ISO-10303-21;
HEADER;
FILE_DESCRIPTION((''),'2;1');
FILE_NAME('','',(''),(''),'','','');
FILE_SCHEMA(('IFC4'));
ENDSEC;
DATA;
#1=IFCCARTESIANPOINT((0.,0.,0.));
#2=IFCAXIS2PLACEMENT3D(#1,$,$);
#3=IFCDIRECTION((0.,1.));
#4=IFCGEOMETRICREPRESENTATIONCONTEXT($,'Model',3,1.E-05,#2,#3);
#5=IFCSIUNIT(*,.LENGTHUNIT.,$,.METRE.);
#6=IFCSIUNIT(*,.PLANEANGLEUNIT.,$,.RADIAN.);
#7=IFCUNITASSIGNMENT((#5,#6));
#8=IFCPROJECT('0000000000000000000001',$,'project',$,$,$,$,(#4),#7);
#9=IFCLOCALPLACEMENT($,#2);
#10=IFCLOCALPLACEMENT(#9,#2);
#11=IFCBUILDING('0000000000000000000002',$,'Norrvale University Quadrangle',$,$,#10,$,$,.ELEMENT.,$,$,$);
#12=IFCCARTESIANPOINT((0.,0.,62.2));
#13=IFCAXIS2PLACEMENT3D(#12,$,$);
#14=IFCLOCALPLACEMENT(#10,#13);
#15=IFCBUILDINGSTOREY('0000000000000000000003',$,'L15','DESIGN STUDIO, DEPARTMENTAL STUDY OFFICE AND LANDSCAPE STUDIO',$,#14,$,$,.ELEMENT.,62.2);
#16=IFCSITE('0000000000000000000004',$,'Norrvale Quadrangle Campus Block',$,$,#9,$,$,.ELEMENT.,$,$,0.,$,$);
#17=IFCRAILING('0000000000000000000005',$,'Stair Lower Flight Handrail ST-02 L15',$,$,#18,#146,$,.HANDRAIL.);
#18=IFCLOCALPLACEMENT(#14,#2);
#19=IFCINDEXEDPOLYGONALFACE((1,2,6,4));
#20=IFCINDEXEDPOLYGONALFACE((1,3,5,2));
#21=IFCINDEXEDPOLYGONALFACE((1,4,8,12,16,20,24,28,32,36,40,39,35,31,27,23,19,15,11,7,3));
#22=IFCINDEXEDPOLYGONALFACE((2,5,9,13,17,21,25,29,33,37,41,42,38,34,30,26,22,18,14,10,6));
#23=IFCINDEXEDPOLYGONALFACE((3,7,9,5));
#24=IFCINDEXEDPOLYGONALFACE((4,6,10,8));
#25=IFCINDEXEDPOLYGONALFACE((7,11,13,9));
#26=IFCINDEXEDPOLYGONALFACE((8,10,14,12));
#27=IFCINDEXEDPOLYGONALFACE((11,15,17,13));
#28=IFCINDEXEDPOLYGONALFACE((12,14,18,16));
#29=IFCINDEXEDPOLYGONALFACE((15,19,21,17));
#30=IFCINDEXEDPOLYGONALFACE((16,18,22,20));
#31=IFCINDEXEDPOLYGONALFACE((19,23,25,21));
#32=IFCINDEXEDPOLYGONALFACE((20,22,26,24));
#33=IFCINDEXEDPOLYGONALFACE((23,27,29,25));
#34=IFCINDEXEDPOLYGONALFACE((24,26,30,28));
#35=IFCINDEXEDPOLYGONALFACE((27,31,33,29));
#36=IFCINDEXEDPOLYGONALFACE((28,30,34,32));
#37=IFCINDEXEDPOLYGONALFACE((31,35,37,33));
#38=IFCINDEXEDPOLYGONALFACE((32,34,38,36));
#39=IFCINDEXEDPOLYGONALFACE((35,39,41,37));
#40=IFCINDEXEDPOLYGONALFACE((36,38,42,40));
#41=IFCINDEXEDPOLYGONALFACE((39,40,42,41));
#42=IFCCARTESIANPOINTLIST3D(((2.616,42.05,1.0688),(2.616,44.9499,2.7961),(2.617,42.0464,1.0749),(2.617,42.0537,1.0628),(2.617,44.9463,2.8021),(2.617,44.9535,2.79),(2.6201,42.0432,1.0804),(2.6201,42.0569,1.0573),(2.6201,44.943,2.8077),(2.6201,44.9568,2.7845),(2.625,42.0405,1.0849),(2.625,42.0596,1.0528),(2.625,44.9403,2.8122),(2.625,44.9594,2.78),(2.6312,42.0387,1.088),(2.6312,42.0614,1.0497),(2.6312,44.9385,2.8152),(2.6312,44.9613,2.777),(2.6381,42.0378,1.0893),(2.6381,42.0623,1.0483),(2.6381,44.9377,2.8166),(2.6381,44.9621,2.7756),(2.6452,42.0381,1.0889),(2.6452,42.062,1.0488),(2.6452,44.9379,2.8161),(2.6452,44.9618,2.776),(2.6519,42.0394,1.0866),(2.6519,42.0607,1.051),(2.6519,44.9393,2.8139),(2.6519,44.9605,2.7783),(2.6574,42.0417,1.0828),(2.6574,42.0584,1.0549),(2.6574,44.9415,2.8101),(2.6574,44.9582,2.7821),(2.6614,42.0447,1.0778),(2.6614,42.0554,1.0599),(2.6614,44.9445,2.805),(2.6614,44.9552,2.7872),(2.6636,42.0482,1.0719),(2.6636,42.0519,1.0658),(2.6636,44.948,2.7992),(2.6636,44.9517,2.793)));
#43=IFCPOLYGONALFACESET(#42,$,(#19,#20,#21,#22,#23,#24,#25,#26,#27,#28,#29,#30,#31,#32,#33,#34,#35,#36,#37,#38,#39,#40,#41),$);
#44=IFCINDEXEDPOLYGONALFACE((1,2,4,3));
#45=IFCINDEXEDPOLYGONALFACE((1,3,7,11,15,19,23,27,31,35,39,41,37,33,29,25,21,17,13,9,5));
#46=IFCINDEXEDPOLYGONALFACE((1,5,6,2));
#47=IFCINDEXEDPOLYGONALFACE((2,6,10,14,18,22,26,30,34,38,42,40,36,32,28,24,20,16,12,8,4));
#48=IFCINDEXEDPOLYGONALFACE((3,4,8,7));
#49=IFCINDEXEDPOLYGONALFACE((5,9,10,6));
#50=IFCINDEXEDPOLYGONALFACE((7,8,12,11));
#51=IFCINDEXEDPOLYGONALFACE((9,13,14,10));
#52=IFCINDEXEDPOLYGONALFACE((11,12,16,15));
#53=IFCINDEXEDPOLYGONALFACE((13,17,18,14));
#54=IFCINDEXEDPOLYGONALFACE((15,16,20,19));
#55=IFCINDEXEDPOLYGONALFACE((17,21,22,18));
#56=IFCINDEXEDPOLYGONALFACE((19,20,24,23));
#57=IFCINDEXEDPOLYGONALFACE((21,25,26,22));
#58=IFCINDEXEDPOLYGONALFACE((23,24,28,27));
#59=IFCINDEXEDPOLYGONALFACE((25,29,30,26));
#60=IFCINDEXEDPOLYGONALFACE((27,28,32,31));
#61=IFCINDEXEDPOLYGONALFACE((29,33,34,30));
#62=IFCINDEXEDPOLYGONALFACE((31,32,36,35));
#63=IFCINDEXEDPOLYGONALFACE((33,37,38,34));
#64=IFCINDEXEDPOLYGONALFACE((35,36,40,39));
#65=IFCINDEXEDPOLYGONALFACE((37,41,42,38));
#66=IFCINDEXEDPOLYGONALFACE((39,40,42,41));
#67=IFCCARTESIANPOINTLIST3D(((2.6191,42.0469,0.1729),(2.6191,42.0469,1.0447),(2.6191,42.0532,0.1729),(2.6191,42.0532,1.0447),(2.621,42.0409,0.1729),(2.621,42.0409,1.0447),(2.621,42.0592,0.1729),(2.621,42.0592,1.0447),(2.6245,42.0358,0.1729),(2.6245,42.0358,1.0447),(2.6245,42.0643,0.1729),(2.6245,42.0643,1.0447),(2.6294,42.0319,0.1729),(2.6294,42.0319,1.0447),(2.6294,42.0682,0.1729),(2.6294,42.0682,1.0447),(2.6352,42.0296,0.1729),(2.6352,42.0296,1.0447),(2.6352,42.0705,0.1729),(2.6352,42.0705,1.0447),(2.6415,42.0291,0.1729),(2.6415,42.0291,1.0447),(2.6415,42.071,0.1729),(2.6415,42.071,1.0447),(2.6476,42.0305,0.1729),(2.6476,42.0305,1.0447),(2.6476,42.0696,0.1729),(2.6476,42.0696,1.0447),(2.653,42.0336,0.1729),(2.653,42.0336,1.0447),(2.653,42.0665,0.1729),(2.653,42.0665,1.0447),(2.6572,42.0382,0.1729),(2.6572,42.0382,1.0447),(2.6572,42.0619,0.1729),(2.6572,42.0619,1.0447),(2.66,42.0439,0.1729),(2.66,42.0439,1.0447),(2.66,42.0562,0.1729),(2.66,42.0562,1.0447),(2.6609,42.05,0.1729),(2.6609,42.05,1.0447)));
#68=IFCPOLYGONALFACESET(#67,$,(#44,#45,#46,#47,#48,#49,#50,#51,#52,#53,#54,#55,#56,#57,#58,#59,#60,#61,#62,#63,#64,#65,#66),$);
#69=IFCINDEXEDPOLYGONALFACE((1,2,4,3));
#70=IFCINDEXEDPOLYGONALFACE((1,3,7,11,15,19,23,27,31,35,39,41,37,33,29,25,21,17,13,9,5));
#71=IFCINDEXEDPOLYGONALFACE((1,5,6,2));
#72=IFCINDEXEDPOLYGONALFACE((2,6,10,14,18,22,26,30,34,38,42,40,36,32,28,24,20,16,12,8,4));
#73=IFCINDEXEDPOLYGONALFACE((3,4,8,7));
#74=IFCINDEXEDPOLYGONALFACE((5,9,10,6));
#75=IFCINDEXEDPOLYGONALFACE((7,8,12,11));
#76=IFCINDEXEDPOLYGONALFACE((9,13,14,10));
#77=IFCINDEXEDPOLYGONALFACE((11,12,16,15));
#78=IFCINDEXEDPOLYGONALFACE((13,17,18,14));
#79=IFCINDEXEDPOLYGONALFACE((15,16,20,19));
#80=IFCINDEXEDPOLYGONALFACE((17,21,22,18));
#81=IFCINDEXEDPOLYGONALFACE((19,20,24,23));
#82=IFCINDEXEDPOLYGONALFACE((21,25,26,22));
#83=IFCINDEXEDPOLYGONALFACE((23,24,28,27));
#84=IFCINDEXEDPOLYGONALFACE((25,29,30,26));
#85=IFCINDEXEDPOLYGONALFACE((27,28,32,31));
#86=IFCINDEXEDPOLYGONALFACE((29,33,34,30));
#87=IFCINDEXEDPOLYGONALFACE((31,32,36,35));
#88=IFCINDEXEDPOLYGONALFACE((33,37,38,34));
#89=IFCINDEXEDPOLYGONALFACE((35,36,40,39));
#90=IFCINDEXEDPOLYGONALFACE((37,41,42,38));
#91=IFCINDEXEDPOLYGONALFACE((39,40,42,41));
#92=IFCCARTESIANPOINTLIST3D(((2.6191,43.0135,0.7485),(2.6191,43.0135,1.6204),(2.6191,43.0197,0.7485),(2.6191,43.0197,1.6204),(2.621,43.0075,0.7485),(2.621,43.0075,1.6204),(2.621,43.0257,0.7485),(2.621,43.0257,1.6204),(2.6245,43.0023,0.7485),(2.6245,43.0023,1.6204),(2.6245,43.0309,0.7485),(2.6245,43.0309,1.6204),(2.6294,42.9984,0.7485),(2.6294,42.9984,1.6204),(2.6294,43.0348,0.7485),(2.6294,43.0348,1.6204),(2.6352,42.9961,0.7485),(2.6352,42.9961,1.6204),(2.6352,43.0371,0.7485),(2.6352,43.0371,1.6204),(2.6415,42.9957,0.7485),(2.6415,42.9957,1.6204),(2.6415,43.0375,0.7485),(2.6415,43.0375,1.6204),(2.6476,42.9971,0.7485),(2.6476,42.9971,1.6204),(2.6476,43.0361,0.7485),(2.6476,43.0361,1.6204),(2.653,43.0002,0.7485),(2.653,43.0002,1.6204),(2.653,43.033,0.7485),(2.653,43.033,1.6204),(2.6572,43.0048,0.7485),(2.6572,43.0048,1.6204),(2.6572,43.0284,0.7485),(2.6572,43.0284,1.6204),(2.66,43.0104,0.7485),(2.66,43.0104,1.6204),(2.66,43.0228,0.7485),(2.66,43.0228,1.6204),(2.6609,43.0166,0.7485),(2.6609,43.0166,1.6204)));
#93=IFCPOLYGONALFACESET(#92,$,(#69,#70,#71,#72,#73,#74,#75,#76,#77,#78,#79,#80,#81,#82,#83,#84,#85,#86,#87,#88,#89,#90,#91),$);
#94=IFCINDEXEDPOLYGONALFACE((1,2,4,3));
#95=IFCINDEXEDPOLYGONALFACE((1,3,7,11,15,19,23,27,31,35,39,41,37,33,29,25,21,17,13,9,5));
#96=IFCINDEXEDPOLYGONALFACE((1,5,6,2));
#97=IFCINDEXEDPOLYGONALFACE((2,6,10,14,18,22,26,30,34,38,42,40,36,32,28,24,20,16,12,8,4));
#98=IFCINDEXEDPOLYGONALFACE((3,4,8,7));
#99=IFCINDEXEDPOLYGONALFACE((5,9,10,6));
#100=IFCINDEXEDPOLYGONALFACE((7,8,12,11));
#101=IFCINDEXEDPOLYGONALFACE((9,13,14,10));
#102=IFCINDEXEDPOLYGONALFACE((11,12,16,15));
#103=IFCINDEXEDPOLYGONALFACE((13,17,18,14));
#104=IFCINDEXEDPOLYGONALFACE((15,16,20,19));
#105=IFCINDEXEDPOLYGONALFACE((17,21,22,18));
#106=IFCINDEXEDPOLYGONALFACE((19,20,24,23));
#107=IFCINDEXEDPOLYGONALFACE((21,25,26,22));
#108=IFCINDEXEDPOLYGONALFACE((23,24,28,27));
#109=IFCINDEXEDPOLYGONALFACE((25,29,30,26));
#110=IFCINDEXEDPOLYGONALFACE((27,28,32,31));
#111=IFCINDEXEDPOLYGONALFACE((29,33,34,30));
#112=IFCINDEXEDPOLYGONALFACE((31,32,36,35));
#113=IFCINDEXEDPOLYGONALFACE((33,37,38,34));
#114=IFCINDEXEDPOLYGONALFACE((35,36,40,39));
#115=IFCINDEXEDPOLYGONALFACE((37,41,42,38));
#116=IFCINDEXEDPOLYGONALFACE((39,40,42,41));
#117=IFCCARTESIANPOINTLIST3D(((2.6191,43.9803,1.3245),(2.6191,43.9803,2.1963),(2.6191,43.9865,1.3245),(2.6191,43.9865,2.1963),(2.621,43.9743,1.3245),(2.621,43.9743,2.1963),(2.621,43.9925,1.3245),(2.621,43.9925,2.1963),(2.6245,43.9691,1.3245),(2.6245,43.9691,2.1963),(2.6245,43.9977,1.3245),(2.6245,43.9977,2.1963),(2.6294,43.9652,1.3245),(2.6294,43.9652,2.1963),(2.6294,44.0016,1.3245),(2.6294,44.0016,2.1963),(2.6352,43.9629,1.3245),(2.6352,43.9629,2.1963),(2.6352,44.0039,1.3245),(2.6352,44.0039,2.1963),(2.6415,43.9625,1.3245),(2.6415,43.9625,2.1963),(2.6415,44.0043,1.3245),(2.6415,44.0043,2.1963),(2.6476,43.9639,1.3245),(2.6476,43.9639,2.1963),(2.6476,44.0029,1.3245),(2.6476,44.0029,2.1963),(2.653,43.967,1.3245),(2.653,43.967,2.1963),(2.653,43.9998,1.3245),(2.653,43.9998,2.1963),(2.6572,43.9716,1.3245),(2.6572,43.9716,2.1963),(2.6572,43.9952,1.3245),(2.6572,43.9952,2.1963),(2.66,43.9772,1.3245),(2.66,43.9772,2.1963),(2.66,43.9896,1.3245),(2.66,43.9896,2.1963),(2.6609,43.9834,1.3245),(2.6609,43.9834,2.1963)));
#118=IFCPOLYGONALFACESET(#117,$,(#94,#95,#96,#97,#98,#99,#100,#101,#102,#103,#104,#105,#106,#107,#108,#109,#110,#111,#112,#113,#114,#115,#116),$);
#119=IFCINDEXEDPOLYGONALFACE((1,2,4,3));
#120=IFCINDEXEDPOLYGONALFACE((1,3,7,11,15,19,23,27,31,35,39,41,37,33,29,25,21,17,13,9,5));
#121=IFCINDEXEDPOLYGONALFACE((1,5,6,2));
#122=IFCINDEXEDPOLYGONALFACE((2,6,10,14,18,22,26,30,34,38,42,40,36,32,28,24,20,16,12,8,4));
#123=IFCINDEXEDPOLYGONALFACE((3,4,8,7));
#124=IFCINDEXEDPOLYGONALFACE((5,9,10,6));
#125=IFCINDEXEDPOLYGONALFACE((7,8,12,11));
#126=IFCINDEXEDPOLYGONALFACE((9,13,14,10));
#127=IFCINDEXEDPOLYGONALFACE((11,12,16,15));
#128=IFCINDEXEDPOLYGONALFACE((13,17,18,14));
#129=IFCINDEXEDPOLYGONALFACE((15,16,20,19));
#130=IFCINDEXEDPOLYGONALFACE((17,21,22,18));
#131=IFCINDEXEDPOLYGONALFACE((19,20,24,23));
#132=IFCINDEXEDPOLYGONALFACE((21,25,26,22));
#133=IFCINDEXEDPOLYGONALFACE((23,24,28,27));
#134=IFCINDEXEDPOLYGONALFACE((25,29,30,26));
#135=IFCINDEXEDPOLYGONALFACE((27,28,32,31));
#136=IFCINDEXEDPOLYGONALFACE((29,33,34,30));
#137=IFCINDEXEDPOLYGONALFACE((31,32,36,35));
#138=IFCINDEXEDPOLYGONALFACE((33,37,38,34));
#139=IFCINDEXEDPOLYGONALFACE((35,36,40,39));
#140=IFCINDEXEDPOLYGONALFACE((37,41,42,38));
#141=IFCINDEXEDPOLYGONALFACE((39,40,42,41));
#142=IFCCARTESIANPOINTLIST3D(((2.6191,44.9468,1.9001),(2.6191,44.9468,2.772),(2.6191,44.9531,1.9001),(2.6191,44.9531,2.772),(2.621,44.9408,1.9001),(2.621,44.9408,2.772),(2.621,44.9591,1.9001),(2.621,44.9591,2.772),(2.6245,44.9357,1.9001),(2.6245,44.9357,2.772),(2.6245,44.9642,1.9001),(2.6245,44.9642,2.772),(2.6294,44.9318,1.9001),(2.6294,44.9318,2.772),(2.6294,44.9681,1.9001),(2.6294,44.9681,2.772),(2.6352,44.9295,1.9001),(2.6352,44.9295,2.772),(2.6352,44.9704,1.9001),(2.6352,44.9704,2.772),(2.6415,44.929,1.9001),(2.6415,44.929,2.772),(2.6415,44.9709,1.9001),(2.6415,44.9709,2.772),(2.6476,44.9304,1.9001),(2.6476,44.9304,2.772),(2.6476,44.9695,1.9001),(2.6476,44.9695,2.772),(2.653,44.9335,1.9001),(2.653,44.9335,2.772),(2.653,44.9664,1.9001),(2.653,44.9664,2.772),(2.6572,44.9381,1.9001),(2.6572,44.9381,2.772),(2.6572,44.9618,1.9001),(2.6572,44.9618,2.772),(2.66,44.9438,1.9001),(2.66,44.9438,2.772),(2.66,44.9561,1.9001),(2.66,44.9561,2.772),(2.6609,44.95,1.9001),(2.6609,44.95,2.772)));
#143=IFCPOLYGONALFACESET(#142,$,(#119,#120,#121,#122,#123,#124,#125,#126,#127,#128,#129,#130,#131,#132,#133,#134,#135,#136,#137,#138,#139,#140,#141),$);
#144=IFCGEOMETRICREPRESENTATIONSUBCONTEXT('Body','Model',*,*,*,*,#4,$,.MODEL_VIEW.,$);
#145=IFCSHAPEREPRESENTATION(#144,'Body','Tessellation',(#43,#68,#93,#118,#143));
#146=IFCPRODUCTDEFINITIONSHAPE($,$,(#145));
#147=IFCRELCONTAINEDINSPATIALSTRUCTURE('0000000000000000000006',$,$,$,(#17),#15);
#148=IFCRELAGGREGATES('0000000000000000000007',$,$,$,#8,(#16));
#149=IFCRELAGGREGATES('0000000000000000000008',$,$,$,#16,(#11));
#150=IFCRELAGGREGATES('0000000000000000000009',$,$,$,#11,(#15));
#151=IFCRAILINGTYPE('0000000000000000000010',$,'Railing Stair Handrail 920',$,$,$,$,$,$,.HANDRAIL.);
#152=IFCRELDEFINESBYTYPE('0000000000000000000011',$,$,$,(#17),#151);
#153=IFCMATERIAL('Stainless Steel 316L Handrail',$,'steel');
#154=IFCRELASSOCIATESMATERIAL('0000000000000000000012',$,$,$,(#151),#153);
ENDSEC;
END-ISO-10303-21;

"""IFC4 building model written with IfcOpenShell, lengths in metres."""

from ifc_helpers import new_model, si_unit, direction, frame, origin, origin_2d, place, context, subcontext, project, spatial, circle, extrude, material, type_object, element, save


model = new_model("IFC4")

# Units and contexts
model_context = context("Model", 3, precision=1e-05, world=origin(), true_north=direction((0.0, 1.0)))
body_context = subcontext(model_context, "Body", "Model", "MODEL_VIEW")
ifc_project = project(units=[si_unit("LENGTHUNIT", "METRE"), si_unit("PLANEANGLEUNIT", "RADIAN")], contexts=[model_context])

# Site, building, storey
site_placement = place(None, origin())
site = spatial("IfcSite", under=ifc_project, at=site_placement, Name="Norrvale Quadrangle Campus Block", CompositionType="ELEMENT", RefElevation=0.0)
building_placement = place(site_placement, origin())
building = spatial("IfcBuilding", under=site, at=building_placement, Name="Norrvale University Quadrangle", CompositionType="ELEMENT")
storey_placement = place(building_placement, frame((0.0, 0.0, 62.2)))
storey = spatial("IfcBuildingStorey", under=building, at=storey_placement, Name="L15", Description="DESIGN STUDIO, DEPARTMENTAL STUDY OFFICE AND LANDSCAPE STUDIO", CompositionType="ELEMENT", Elevation=62.2)

# Railing
ifc_material_1 = material(Name="Stainless Steel 316L Handrail", Category="steel")
railing_type_1 = type_object("IfcRailingType", Name="Railing Stair Handrail 920", PredefinedType="HANDRAIL", material=ifc_material_1)
railing_1_placement = place(storey_placement, frame((2.6399, 42.05, 0.1729)))
element("IfcRailing", 1, at=railing_1_placement, inside=storey, type_object=railing_type_1, Name="Stair Lower Flight Handrail ST-02 L15", PredefinedType="HANDRAIL", context=body_context, shape_type="SweptSolid", body=[
    extrude(circle(Radius=0.0239, at=origin_2d()), frame((0.0, 0.0, 0.896), z_axis=(0.0, 0.859141, 0.511738), x_axis=(-1.0, 0.0, 0.0)), (0.0, 0.0, 1.0), 3.3752),
    extrude(circle(Radius=0.021, at=origin_2d()), origin(), (0.0, 0.0, 1.0), 0.8718),
    extrude(circle(Radius=0.021, at=origin_2d()), frame((0.0, 0.9666, 0.5757)), (0.0, 0.0, 1.0), 0.8718),
    extrude(circle(Radius=0.021, at=origin_2d()), frame((0.0, 1.9333, 1.1516)), (0.0, 0.0, 1.0), 0.8718),
    extrude(circle(Radius=0.021, at=origin_2d()), frame((0.0, 2.8999, 1.7273)), (0.0, 0.0, 1.0), 0.8718),
])

save(model, "model.ifc")
